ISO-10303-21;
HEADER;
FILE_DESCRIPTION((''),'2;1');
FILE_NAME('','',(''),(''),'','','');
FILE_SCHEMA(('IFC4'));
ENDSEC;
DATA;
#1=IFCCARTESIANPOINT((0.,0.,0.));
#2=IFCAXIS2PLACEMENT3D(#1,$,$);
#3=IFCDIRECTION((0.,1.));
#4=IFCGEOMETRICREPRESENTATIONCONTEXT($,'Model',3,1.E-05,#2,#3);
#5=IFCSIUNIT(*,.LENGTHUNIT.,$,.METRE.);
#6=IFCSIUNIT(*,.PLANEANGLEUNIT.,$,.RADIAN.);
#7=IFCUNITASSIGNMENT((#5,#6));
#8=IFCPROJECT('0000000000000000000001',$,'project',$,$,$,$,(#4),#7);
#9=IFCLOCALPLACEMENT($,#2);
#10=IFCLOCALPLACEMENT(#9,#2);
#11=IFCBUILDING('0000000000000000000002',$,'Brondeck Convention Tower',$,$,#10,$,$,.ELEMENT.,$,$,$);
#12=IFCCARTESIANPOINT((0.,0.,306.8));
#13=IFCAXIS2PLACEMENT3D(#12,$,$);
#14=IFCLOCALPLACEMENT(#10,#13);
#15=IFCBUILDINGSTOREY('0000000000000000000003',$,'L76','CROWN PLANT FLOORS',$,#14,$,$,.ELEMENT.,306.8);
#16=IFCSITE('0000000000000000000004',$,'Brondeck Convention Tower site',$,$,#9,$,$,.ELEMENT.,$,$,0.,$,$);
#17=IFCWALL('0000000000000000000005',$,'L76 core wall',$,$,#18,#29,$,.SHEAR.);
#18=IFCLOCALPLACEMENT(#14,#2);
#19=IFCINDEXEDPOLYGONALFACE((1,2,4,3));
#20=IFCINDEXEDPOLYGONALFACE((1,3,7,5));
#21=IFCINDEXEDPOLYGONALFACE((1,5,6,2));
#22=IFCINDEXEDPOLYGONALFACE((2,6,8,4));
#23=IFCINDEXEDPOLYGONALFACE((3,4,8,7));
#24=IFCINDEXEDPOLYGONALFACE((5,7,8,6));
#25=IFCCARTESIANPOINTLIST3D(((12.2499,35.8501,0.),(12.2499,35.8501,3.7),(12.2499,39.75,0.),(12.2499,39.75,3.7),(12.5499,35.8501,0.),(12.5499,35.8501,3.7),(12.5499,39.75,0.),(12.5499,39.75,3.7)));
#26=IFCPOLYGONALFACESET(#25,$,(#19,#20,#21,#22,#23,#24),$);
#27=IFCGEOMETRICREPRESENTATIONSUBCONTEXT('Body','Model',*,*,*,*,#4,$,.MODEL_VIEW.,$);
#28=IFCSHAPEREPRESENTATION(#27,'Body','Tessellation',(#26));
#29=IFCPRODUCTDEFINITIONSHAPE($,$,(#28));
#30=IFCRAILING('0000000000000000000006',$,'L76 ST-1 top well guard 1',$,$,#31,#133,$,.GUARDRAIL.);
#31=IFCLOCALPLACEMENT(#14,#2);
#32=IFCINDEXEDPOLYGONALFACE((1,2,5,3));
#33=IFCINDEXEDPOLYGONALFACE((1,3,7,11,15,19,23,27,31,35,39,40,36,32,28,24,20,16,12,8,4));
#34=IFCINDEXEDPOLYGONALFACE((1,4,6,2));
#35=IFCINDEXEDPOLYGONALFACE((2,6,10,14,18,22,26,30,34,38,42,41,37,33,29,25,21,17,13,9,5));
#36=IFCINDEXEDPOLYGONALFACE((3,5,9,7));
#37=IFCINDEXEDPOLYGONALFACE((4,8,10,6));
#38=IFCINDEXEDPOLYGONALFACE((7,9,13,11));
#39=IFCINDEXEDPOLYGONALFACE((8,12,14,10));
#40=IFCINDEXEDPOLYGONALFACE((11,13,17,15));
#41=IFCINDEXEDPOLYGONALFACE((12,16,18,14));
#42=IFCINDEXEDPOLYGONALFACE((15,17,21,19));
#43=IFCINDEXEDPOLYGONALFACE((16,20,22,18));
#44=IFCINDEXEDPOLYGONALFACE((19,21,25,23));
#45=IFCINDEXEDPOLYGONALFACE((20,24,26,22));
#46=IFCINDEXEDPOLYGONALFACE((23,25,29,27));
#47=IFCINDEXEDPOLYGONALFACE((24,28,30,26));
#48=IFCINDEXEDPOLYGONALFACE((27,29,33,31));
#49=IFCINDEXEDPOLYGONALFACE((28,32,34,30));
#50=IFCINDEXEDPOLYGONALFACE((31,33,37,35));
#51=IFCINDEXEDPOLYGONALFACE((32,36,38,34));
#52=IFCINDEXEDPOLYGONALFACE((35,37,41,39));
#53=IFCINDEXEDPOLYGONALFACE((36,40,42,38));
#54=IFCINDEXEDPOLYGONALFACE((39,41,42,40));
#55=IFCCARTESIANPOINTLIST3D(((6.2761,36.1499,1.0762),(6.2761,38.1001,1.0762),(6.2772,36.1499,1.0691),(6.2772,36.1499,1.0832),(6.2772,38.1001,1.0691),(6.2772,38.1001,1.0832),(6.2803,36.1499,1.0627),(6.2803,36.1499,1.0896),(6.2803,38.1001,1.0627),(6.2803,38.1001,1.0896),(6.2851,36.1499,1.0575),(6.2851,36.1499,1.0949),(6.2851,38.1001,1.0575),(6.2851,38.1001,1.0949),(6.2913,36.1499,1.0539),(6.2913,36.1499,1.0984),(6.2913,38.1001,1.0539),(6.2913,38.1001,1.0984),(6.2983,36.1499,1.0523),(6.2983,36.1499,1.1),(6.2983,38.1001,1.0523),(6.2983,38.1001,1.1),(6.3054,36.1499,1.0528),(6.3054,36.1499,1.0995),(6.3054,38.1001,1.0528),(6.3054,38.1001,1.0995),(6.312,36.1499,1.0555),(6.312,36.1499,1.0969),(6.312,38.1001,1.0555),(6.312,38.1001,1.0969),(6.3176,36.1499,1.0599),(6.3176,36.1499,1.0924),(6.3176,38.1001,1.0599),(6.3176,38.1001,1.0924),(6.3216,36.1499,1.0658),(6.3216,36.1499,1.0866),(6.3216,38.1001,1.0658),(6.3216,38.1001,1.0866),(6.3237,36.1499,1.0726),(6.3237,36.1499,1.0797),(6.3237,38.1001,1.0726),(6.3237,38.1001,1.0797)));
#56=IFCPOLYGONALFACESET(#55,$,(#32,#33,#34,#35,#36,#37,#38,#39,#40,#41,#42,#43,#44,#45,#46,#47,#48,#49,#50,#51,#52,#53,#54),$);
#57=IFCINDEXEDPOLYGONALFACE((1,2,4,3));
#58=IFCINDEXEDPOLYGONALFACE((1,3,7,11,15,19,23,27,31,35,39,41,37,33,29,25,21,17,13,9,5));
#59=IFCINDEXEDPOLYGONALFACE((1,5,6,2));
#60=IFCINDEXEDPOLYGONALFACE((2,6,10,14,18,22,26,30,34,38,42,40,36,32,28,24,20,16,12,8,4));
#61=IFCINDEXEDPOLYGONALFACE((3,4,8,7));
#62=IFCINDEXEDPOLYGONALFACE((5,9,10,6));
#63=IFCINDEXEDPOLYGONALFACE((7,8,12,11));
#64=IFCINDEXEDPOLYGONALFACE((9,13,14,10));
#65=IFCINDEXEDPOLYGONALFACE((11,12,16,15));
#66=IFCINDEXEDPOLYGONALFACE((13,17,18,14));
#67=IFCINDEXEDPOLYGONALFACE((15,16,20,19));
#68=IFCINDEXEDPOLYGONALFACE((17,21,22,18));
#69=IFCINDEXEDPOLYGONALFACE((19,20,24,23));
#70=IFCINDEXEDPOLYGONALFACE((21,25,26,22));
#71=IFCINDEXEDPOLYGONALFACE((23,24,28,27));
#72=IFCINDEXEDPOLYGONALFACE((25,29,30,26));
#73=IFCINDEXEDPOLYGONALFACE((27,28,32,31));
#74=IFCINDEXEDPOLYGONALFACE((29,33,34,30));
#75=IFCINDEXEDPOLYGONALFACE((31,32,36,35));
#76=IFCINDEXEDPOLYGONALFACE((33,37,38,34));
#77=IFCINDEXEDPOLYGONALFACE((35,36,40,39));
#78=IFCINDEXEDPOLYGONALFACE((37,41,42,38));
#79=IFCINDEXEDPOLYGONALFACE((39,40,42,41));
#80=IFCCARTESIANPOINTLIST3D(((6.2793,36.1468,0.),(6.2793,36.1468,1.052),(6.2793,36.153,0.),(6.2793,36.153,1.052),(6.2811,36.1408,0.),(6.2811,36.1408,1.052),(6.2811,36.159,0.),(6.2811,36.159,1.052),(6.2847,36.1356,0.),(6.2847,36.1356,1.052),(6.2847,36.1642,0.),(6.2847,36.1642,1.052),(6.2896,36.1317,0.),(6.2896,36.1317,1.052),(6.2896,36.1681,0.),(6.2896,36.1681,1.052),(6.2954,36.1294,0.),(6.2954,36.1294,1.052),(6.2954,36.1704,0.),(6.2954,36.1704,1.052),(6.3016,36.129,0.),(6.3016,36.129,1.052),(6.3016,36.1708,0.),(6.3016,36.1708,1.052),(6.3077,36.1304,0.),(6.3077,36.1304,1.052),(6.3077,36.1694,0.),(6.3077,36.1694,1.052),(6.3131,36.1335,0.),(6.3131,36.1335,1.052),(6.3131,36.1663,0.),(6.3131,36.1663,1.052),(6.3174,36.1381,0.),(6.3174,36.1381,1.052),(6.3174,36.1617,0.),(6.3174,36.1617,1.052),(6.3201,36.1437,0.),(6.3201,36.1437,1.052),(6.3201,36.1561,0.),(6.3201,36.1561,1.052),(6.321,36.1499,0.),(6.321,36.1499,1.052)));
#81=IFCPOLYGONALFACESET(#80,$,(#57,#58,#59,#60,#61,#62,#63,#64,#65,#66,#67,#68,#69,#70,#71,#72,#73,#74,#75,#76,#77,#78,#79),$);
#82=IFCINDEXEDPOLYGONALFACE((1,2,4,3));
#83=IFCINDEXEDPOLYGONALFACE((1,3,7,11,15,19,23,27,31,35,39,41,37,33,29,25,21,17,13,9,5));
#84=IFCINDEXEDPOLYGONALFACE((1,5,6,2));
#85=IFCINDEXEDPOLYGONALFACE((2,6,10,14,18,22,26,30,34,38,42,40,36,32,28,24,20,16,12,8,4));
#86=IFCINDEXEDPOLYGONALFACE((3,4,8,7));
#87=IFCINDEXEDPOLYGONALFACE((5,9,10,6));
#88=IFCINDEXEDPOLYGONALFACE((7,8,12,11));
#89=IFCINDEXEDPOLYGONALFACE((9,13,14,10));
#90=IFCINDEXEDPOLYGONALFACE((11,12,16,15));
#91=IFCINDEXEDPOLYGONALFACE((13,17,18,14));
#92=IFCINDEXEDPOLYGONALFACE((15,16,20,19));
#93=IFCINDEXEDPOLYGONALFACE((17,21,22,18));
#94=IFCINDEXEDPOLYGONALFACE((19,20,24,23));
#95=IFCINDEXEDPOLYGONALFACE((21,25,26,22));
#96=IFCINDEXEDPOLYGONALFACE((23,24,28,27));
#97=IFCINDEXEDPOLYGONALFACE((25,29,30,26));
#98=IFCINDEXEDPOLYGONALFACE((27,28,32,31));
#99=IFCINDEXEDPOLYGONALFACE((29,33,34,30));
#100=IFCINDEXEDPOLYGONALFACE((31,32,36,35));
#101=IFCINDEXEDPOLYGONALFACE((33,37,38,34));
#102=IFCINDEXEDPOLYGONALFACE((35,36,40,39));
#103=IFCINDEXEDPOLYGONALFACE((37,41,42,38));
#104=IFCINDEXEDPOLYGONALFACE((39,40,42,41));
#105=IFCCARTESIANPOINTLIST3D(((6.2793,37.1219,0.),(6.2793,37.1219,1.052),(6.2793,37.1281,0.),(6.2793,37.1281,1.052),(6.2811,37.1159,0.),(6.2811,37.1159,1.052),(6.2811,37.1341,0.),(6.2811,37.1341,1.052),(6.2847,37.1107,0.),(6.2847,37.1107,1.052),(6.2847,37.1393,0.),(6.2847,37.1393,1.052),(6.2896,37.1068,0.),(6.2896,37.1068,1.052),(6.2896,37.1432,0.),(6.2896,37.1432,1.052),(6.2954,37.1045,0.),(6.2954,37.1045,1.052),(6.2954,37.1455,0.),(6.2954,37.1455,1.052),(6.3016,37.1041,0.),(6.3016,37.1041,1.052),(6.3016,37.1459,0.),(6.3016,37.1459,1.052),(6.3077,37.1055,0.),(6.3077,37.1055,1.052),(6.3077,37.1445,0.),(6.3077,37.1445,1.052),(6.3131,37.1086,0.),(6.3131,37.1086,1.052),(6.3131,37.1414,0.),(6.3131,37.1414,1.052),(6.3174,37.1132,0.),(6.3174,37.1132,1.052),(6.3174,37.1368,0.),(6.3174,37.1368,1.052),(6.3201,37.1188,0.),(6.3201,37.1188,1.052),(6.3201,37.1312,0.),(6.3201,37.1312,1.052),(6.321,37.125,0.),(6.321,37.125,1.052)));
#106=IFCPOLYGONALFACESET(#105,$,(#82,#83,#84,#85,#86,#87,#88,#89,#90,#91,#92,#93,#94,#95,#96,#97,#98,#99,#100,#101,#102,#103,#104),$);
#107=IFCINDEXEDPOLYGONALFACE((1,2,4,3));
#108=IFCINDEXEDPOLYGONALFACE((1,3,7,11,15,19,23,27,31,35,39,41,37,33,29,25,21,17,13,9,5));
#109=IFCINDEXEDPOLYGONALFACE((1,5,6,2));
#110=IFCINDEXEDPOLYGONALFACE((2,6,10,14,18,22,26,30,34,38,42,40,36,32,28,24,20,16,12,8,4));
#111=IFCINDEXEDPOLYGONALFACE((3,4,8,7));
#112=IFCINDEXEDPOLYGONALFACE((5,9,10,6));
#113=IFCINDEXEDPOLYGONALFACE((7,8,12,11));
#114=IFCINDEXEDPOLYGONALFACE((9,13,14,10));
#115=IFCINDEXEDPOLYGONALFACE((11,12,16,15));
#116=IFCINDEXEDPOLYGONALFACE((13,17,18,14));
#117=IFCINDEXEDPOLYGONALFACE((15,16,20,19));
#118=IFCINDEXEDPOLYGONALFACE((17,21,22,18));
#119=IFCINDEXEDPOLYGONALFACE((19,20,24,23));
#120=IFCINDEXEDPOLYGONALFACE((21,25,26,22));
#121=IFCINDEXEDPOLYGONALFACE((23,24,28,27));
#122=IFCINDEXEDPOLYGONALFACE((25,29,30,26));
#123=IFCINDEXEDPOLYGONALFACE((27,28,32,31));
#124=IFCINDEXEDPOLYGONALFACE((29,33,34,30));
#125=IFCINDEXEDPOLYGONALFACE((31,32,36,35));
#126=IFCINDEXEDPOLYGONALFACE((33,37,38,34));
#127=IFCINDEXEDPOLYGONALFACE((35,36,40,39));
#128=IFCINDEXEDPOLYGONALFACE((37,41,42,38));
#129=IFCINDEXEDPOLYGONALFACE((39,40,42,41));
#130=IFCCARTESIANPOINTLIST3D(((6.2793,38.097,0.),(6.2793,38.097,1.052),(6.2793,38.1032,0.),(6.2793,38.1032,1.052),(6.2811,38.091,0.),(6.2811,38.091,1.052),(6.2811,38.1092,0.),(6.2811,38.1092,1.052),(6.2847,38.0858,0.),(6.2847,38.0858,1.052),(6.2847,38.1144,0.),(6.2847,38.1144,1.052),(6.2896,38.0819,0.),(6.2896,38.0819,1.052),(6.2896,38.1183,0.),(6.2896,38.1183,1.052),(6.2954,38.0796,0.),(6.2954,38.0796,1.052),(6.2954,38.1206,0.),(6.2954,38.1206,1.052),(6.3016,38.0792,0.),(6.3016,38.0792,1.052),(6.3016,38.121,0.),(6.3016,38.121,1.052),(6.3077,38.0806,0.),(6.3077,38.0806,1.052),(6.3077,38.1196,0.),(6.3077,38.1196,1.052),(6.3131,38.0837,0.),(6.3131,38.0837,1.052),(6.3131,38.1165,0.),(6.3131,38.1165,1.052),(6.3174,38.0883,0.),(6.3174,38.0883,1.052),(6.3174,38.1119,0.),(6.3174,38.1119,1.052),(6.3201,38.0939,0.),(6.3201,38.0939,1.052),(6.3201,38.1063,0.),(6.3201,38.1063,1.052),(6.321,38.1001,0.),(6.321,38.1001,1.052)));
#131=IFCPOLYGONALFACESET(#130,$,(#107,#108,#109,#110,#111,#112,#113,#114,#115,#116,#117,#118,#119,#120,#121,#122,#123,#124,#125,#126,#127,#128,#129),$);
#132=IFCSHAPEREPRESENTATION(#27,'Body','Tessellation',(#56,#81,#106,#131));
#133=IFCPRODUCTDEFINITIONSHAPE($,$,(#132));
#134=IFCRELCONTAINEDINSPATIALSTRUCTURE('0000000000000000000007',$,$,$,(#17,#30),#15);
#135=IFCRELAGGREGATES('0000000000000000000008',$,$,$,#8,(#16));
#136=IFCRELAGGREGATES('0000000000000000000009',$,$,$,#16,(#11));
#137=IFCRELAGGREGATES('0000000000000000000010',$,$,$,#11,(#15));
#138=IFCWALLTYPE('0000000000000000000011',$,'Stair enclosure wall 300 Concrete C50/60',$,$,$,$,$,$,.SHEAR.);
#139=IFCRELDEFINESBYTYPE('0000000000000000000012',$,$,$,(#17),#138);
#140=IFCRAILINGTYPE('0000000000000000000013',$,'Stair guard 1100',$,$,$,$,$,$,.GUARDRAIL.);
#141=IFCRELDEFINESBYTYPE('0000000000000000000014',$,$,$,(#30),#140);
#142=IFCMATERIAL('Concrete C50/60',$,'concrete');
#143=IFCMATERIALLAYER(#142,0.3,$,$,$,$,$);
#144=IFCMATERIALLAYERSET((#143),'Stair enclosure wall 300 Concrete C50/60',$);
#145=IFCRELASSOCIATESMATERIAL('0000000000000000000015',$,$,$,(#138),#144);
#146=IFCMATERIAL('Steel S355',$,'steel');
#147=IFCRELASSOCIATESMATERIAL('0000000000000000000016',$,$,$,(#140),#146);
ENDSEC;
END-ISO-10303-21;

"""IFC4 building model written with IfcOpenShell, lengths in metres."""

from ifc_helpers import new_model, si_unit, direction, frame, frame_2d, origin, origin_2d, place, context, subcontext, project, spatial, rectangle, circle, extrude, material, layer, layer_set, type_object, element, save


model = new_model("IFC4")

# Units and contexts
model_context = context("Model", 3, precision=1e-05, world=origin(), true_north=direction((0.0, 1.0)))
body_context = subcontext(model_context, "Body", "Model", "MODEL_VIEW")
ifc_project = project(units=[si_unit("LENGTHUNIT", "METRE"), si_unit("PLANEANGLEUNIT", "RADIAN")], contexts=[model_context])

# Site, building, storey
site_placement = place(None, origin())
site = spatial("IfcSite", under=ifc_project, at=site_placement, Name="Brondeck Convention Tower site", CompositionType="ELEMENT", RefElevation=0.0)
building_placement = place(site_placement, origin())
building = spatial("IfcBuilding", under=site, at=building_placement, Name="Brondeck Convention Tower", CompositionType="ELEMENT")
storey_placement = place(building_placement, frame((0.0, 0.0, 306.8)))
storey = spatial("IfcBuildingStorey", under=building, at=storey_placement, Name="L76", Description="CROWN PLANT FLOORS", CompositionType="ELEMENT", Elevation=306.8)

# Shared definitions
ifc_material_1 = material(Name="Concrete C50/60", Category="concrete")

# Shared definitions
ifc_layer_1 = layer(ifc_material_1, 0.3)
ifc_layer_set_1 = layer_set([ifc_layer_1], Name="Stair enclosure wall 300 Concrete C50/60")
wall_type_1 = type_object("IfcWallType", Name="Stair enclosure wall 300 Concrete C50/60", PredefinedType="SHEAR", material=ifc_layer_set_1)

# Wall
wall_1_placement = place(storey_placement, frame((12.3999, 35.8501, 0.0), z_axis=(0.0, 0.0, 1.0), x_axis=(0.0, 1.0, 0.0)))
element("IfcWall", 1, at=wall_1_placement, inside=storey, type_object=wall_type_1, Name="L76 core wall", PredefinedType="SHEAR", context=body_context, shape_type="SweptSolid", body=[
    extrude(rectangle(XDim=3.8999, YDim=0.3, at=frame_2d((1.95, 0.0))), origin(), (0.0, 0.0, 1.0), 3.7),
])

# Railing
ifc_material_2 = material(Name="Steel S355", Category="steel")
railing_type = type_object("IfcRailingType", Name="Stair guard 1100", PredefinedType="GUARDRAIL", material=ifc_material_2)
railing_placement = place(storey_placement, frame((6.3, 36.1499, 0.0)))
element("IfcRailing", 2, at=railing_placement, inside=storey, type_object=railing_type, Name="L76 ST-1 top well guard 1", PredefinedType="GUARDRAIL", context=body_context, shape_type="SweptSolid", body=[
    extrude(circle(Radius=0.0239, at=origin_2d()), frame((0.0, 0.0, 1.0762), z_axis=(0.0, 1.0, 0.0), x_axis=(-1.0, 0.0, 0.0)), (0.0, 0.0, 1.0), 1.9502),
    extrude(circle(Radius=0.021, at=origin_2d()), origin(), (0.0, 0.0, 1.0), 1.052),
    extrude(circle(Radius=0.021, at=origin_2d()), frame((0.0, 0.9751, 0.0)), (0.0, 0.0, 1.0), 1.052),
    extrude(circle(Radius=0.021, at=origin_2d()), frame((0.0, 1.9502, 0.0)), (0.0, 0.0, 1.0), 1.052),
])

save(model, "model.ifc")
